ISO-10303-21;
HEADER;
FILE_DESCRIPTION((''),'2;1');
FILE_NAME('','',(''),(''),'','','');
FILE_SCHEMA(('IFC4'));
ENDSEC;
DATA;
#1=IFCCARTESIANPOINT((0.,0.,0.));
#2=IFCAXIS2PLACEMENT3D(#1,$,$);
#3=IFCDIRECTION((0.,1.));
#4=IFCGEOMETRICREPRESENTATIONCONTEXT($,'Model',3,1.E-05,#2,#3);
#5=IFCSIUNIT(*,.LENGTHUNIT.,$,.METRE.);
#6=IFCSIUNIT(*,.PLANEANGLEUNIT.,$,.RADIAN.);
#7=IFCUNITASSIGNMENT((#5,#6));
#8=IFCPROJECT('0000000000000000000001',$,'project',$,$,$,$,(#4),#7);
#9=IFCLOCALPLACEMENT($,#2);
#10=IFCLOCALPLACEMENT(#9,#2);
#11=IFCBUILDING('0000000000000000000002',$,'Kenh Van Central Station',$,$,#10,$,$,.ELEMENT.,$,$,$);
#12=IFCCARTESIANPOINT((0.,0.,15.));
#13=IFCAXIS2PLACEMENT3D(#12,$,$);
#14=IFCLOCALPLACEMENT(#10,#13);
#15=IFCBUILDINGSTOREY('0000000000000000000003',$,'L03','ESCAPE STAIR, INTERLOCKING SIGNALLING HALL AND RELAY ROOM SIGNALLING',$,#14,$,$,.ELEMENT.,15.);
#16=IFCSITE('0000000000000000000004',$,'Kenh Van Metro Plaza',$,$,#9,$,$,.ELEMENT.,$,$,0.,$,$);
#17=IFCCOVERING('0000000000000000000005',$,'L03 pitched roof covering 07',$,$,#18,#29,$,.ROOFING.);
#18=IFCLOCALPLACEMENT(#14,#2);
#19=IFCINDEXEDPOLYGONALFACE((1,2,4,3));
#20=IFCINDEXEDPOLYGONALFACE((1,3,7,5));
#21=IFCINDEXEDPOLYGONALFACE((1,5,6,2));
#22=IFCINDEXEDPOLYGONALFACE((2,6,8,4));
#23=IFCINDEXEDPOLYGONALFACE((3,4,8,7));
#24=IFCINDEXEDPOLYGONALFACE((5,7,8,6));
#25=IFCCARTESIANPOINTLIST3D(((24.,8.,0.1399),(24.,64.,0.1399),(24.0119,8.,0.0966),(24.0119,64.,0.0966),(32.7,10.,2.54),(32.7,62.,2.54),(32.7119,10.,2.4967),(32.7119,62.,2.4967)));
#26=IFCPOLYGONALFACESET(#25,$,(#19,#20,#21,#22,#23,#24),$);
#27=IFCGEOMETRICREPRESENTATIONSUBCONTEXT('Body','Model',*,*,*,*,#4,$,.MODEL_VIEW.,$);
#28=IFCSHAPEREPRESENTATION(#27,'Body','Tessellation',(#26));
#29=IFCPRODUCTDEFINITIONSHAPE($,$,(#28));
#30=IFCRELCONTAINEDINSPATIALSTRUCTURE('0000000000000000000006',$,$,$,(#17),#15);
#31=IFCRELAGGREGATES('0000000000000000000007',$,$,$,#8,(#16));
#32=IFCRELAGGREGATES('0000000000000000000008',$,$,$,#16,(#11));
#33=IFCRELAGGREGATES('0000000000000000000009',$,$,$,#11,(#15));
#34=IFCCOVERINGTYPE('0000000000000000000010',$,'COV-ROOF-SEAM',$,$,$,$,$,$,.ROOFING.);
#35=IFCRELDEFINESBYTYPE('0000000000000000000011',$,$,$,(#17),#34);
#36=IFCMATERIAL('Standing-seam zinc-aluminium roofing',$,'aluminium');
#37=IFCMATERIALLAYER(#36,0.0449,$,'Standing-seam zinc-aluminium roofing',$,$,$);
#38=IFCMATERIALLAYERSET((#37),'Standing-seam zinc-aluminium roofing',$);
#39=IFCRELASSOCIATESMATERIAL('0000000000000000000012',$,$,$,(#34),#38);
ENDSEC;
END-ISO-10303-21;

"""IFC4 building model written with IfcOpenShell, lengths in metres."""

from ifc_helpers import new_model, si_unit, direction, frame, origin, place, context, subcontext, project, spatial, polyline, outline, extrude, material, layer, layer_set, type_object, element, save


model = new_model("IFC4")

# Units and contexts
model_context = context("Model", 3, precision=1e-05, world=origin(), true_north=direction((0.0, 1.0)))
body_context = subcontext(model_context, "Body", "Model", "MODEL_VIEW")
ifc_project = project(units=[si_unit("LENGTHUNIT", "METRE"), si_unit("PLANEANGLEUNIT", "RADIAN")], contexts=[model_context])

# Site, building, storey
site_placement = place(None, origin())
site = spatial("IfcSite", under=ifc_project, at=site_placement, Name="Kenh Van Metro Plaza", CompositionType="ELEMENT", RefElevation=0.0)
building_placement = place(site_placement, origin())
building = spatial("IfcBuilding", under=site, at=building_placement, Name="Kenh Van Central Station", CompositionType="ELEMENT")
storey_placement = place(building_placement, frame((0.0, 0.0, 15.0)))
storey = spatial("IfcBuildingStorey", under=building, at=storey_placement, Name="L03", Description="ESCAPE STAIR, INTERLOCKING SIGNALLING HALL AND RELAY ROOM SIGNALLING", CompositionType="ELEMENT", Elevation=15.0)

# Covering
ifc_material_1 = material(Name="Standing-seam zinc-aluminium roofing", Category="aluminium")
ifc_layer_1 = layer(ifc_material_1, 0.0449, Name="Standing-seam zinc-aluminium roofing")
ifc_layer_set_1 = layer_set([ifc_layer_1], Name="Standing-seam zinc-aluminium roofing")
covering_type = type_object("IfcCoveringType", Name="COV-ROOF-SEAM", PredefinedType="ROOFING", material=ifc_layer_set_1)
covering_placement = place(storey_placement, frame((24.0, 8.0, 0.1399), z_axis=(-0.265945, 0.0, 0.963988), x_axis=(0.941155, 0.216359, 0.259646)))
element("IfcCovering", 1, at=covering_placement, inside=storey, type_object=covering_type, Name="L03 pitched roof covering 07", PredefinedType="ROOFING", context=body_context, shape_type="SweptSolid", body=[
    extrude(outline(polyline([(0.0, 0.0), (9.2439, 0.0), (20.4946, 50.7683), (12.1161, 54.6736), (0.0, 0.0)])), origin(), (0.0, 0.0, -1.0), 0.0449),
])

save(model, "model.ifc")
